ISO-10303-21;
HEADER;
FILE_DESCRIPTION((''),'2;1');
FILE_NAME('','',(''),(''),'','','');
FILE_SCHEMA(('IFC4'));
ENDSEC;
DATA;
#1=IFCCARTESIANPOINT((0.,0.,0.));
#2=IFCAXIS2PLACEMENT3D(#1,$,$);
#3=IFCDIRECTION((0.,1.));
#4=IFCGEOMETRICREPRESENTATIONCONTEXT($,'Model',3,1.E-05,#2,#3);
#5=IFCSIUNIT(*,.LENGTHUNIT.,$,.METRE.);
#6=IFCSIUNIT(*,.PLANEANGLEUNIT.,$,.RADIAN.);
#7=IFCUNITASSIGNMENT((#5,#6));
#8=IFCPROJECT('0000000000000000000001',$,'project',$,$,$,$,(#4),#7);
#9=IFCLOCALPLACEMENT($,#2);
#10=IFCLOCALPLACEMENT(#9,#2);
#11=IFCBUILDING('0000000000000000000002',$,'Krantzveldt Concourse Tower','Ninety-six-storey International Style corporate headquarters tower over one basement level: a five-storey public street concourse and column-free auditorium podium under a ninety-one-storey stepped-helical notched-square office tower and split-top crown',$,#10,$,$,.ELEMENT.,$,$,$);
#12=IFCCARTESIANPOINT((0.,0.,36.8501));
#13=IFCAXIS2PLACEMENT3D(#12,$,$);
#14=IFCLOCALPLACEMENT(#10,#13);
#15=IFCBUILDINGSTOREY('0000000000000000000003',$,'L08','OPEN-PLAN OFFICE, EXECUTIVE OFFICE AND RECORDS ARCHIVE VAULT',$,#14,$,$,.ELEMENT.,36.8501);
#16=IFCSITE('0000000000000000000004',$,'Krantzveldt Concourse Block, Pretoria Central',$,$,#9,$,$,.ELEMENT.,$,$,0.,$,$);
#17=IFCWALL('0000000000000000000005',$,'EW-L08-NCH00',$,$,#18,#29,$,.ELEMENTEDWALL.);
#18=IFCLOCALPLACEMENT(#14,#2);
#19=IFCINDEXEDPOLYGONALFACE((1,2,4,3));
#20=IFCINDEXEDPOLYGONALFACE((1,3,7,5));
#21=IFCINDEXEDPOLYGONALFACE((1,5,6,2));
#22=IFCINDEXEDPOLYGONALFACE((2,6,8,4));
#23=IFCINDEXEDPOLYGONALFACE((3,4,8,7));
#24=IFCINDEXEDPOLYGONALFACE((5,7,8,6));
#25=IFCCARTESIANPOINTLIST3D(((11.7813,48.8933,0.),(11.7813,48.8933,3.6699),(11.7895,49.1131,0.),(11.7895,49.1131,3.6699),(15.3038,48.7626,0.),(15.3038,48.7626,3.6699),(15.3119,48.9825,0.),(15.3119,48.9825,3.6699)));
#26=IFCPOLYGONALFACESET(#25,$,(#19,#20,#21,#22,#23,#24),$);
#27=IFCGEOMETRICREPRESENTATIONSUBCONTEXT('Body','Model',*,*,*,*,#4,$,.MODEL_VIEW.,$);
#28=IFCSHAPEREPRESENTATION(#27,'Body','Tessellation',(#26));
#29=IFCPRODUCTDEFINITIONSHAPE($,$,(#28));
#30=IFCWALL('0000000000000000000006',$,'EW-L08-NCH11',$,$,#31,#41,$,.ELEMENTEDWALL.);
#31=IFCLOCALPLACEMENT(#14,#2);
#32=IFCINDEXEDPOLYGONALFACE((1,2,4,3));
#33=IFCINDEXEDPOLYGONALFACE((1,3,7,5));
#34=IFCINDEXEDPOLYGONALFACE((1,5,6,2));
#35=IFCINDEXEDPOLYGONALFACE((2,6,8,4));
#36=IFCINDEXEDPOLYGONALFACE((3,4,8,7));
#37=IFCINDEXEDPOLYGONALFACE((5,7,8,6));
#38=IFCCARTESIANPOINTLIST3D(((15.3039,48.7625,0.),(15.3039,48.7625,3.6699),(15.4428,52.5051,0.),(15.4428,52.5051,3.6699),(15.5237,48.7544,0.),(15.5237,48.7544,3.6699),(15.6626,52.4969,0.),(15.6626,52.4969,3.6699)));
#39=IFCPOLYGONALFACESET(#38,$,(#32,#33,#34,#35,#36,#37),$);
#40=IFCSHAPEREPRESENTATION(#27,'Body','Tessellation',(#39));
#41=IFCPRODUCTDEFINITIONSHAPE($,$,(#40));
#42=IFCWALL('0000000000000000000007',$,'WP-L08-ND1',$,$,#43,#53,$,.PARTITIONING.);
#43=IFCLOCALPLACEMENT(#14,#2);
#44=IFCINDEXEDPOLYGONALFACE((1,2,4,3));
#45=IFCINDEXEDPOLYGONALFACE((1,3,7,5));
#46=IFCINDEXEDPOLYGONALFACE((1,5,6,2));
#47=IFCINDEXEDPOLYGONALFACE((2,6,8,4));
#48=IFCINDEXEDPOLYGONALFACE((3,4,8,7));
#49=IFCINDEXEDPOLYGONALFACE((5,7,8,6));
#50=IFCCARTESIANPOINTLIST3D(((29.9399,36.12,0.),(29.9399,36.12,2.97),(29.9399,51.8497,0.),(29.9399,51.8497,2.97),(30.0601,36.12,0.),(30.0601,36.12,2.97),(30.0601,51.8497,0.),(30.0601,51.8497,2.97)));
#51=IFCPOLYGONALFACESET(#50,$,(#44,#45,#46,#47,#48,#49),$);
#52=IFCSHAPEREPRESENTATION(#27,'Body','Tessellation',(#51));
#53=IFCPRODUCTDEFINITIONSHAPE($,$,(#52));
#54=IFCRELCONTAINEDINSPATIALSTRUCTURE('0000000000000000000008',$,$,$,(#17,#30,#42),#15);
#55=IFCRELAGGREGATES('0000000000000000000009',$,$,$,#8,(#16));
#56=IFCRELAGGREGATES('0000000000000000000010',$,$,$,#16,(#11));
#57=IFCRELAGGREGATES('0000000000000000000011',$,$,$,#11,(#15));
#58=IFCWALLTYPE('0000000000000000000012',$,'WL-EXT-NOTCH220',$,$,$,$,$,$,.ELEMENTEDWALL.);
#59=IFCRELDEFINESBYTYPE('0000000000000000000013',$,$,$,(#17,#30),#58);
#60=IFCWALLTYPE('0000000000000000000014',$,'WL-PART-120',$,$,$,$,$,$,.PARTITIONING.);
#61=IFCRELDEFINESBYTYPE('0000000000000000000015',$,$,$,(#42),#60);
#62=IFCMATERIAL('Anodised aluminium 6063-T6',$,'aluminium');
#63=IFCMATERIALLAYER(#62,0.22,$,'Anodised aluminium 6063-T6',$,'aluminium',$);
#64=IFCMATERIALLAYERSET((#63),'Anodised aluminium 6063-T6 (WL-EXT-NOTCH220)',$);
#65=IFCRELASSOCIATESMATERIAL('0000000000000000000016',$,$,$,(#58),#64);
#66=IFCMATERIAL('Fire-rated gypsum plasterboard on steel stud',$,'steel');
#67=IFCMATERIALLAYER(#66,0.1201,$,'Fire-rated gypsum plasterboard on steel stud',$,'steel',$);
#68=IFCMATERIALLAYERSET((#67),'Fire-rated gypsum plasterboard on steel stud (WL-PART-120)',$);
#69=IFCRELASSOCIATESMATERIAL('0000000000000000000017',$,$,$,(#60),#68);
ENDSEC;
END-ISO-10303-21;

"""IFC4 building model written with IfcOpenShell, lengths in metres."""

from ifc_helpers import new_model, si_unit, direction, frame, frame_2d, origin, place, context, subcontext, project, spatial, rectangle, extrude, material, layer, layer_set, type_object, element, save


model = new_model("IFC4")

# Units and contexts
model_context = context("Model", 3, precision=1e-05, world=origin(), true_north=direction((0.0, 1.0)))
body_context = subcontext(model_context, "Body", "Model", "MODEL_VIEW")
ifc_project = project(units=[si_unit("LENGTHUNIT", "METRE"), si_unit("PLANEANGLEUNIT", "RADIAN")], contexts=[model_context])

# Site, building, storey
site_placement = place(None, origin())
site = spatial("IfcSite", under=ifc_project, at=site_placement, Name="Krantzveldt Concourse Block, Pretoria Central", CompositionType="ELEMENT", RefElevation=0.0)
building_placement = place(site_placement, origin())
building = spatial("IfcBuilding", under=site, at=building_placement, Name="Krantzveldt Concourse Tower", Description="Ninety-six-storey International Style corporate headquarters tower over one basement level: a five-storey public street concourse and column-free auditorium podium under a ninety-one-storey stepped-helical notched-square office tower and split-top crown", CompositionType="ELEMENT")
storey_placement = place(building_placement, frame((0.0, 0.0, 36.8501)))
storey = spatial("IfcBuildingStorey", under=building, at=storey_placement, Name="L08", Description="OPEN-PLAN OFFICE, EXECUTIVE OFFICE AND RECORDS ARCHIVE VAULT", CompositionType="ELEMENT", Elevation=36.8501)

# Shared definitions
ifc_material_1 = material(Name="Anodised aluminium 6063-T6", Category="aluminium")

# Walls
ifc_layer_1 = layer(ifc_material_1, 0.22, Name="Anodised aluminium 6063-T6", Category="aluminium")
ifc_layer_set_1 = layer_set([ifc_layer_1], Name="Anodised aluminium 6063-T6 (WL-EXT-NOTCH220)")
wall_type_1 = type_object("IfcWallType", Name="WL-EXT-NOTCH220", PredefinedType="ELEMENTEDWALL", material=ifc_layer_set_1)
wall_1_placement = place(storey_placement, frame((15.3079, 48.8726, 0.0), z_axis=(0.0, 0.0, 1.0), x_axis=(-0.999313, 0.037055, 0.0)))
element("IfcWall", 1, at=wall_1_placement, inside=storey, type_object=wall_type_1, Name="EW-L08-NCH00", PredefinedType="ELEMENTEDWALL", context=body_context, shape_type="SweptSolid", body=[
    extrude(rectangle(XDim=3.5249, YDim=0.22, at=frame_2d((1.7625, 0.0))), origin(), (0.0, 0.0, 1.0), 3.6699),
])
wall_2_placement = place(storey_placement, frame((15.5527, 52.501, 0.0), z_axis=(0.0, 0.0, 1.0), x_axis=(-0.037094, -0.999312, 0.0)))
element("IfcWall", 2, at=wall_2_placement, inside=storey, type_object=wall_type_1, Name="EW-L08-NCH11", PredefinedType="ELEMENTEDWALL", context=body_context, shape_type="SweptSolid", body=[
    extrude(rectangle(XDim=3.7451, YDim=0.22, at=frame_2d((1.8726, 0.0))), origin(), (0.0, 0.0, 1.0), 3.6699),
])
ifc_material_2 = material(Name="Fire-rated gypsum plasterboard on steel stud", Category="steel")
ifc_layer_2 = layer(ifc_material_2, 0.1201, Name="Fire-rated gypsum plasterboard on steel stud", Category="steel")
ifc_layer_set_2 = layer_set([ifc_layer_2], Name="Fire-rated gypsum plasterboard on steel stud (WL-PART-120)")
wall_type_2 = type_object("IfcWallType", Name="WL-PART-120", PredefinedType="PARTITIONING", material=ifc_layer_set_2)
wall_3_placement = place(storey_placement, frame((30.0, 36.1201, 0.0), z_axis=(0.0, 0.0, 1.0), x_axis=(0.0, 1.0, 0.0)))
element("IfcWall", 3, at=wall_3_placement, inside=storey, type_object=wall_type_2, Name="WP-L08-ND1", PredefinedType="PARTITIONING", context=body_context, shape_type="SweptSolid", body=[
    extrude(rectangle(XDim=15.7297, YDim=0.1201, at=frame_2d((7.8647, 0.0))), origin(), (0.0, 0.0, 1.0), 2.97),
])

save(model, "model.ifc")
